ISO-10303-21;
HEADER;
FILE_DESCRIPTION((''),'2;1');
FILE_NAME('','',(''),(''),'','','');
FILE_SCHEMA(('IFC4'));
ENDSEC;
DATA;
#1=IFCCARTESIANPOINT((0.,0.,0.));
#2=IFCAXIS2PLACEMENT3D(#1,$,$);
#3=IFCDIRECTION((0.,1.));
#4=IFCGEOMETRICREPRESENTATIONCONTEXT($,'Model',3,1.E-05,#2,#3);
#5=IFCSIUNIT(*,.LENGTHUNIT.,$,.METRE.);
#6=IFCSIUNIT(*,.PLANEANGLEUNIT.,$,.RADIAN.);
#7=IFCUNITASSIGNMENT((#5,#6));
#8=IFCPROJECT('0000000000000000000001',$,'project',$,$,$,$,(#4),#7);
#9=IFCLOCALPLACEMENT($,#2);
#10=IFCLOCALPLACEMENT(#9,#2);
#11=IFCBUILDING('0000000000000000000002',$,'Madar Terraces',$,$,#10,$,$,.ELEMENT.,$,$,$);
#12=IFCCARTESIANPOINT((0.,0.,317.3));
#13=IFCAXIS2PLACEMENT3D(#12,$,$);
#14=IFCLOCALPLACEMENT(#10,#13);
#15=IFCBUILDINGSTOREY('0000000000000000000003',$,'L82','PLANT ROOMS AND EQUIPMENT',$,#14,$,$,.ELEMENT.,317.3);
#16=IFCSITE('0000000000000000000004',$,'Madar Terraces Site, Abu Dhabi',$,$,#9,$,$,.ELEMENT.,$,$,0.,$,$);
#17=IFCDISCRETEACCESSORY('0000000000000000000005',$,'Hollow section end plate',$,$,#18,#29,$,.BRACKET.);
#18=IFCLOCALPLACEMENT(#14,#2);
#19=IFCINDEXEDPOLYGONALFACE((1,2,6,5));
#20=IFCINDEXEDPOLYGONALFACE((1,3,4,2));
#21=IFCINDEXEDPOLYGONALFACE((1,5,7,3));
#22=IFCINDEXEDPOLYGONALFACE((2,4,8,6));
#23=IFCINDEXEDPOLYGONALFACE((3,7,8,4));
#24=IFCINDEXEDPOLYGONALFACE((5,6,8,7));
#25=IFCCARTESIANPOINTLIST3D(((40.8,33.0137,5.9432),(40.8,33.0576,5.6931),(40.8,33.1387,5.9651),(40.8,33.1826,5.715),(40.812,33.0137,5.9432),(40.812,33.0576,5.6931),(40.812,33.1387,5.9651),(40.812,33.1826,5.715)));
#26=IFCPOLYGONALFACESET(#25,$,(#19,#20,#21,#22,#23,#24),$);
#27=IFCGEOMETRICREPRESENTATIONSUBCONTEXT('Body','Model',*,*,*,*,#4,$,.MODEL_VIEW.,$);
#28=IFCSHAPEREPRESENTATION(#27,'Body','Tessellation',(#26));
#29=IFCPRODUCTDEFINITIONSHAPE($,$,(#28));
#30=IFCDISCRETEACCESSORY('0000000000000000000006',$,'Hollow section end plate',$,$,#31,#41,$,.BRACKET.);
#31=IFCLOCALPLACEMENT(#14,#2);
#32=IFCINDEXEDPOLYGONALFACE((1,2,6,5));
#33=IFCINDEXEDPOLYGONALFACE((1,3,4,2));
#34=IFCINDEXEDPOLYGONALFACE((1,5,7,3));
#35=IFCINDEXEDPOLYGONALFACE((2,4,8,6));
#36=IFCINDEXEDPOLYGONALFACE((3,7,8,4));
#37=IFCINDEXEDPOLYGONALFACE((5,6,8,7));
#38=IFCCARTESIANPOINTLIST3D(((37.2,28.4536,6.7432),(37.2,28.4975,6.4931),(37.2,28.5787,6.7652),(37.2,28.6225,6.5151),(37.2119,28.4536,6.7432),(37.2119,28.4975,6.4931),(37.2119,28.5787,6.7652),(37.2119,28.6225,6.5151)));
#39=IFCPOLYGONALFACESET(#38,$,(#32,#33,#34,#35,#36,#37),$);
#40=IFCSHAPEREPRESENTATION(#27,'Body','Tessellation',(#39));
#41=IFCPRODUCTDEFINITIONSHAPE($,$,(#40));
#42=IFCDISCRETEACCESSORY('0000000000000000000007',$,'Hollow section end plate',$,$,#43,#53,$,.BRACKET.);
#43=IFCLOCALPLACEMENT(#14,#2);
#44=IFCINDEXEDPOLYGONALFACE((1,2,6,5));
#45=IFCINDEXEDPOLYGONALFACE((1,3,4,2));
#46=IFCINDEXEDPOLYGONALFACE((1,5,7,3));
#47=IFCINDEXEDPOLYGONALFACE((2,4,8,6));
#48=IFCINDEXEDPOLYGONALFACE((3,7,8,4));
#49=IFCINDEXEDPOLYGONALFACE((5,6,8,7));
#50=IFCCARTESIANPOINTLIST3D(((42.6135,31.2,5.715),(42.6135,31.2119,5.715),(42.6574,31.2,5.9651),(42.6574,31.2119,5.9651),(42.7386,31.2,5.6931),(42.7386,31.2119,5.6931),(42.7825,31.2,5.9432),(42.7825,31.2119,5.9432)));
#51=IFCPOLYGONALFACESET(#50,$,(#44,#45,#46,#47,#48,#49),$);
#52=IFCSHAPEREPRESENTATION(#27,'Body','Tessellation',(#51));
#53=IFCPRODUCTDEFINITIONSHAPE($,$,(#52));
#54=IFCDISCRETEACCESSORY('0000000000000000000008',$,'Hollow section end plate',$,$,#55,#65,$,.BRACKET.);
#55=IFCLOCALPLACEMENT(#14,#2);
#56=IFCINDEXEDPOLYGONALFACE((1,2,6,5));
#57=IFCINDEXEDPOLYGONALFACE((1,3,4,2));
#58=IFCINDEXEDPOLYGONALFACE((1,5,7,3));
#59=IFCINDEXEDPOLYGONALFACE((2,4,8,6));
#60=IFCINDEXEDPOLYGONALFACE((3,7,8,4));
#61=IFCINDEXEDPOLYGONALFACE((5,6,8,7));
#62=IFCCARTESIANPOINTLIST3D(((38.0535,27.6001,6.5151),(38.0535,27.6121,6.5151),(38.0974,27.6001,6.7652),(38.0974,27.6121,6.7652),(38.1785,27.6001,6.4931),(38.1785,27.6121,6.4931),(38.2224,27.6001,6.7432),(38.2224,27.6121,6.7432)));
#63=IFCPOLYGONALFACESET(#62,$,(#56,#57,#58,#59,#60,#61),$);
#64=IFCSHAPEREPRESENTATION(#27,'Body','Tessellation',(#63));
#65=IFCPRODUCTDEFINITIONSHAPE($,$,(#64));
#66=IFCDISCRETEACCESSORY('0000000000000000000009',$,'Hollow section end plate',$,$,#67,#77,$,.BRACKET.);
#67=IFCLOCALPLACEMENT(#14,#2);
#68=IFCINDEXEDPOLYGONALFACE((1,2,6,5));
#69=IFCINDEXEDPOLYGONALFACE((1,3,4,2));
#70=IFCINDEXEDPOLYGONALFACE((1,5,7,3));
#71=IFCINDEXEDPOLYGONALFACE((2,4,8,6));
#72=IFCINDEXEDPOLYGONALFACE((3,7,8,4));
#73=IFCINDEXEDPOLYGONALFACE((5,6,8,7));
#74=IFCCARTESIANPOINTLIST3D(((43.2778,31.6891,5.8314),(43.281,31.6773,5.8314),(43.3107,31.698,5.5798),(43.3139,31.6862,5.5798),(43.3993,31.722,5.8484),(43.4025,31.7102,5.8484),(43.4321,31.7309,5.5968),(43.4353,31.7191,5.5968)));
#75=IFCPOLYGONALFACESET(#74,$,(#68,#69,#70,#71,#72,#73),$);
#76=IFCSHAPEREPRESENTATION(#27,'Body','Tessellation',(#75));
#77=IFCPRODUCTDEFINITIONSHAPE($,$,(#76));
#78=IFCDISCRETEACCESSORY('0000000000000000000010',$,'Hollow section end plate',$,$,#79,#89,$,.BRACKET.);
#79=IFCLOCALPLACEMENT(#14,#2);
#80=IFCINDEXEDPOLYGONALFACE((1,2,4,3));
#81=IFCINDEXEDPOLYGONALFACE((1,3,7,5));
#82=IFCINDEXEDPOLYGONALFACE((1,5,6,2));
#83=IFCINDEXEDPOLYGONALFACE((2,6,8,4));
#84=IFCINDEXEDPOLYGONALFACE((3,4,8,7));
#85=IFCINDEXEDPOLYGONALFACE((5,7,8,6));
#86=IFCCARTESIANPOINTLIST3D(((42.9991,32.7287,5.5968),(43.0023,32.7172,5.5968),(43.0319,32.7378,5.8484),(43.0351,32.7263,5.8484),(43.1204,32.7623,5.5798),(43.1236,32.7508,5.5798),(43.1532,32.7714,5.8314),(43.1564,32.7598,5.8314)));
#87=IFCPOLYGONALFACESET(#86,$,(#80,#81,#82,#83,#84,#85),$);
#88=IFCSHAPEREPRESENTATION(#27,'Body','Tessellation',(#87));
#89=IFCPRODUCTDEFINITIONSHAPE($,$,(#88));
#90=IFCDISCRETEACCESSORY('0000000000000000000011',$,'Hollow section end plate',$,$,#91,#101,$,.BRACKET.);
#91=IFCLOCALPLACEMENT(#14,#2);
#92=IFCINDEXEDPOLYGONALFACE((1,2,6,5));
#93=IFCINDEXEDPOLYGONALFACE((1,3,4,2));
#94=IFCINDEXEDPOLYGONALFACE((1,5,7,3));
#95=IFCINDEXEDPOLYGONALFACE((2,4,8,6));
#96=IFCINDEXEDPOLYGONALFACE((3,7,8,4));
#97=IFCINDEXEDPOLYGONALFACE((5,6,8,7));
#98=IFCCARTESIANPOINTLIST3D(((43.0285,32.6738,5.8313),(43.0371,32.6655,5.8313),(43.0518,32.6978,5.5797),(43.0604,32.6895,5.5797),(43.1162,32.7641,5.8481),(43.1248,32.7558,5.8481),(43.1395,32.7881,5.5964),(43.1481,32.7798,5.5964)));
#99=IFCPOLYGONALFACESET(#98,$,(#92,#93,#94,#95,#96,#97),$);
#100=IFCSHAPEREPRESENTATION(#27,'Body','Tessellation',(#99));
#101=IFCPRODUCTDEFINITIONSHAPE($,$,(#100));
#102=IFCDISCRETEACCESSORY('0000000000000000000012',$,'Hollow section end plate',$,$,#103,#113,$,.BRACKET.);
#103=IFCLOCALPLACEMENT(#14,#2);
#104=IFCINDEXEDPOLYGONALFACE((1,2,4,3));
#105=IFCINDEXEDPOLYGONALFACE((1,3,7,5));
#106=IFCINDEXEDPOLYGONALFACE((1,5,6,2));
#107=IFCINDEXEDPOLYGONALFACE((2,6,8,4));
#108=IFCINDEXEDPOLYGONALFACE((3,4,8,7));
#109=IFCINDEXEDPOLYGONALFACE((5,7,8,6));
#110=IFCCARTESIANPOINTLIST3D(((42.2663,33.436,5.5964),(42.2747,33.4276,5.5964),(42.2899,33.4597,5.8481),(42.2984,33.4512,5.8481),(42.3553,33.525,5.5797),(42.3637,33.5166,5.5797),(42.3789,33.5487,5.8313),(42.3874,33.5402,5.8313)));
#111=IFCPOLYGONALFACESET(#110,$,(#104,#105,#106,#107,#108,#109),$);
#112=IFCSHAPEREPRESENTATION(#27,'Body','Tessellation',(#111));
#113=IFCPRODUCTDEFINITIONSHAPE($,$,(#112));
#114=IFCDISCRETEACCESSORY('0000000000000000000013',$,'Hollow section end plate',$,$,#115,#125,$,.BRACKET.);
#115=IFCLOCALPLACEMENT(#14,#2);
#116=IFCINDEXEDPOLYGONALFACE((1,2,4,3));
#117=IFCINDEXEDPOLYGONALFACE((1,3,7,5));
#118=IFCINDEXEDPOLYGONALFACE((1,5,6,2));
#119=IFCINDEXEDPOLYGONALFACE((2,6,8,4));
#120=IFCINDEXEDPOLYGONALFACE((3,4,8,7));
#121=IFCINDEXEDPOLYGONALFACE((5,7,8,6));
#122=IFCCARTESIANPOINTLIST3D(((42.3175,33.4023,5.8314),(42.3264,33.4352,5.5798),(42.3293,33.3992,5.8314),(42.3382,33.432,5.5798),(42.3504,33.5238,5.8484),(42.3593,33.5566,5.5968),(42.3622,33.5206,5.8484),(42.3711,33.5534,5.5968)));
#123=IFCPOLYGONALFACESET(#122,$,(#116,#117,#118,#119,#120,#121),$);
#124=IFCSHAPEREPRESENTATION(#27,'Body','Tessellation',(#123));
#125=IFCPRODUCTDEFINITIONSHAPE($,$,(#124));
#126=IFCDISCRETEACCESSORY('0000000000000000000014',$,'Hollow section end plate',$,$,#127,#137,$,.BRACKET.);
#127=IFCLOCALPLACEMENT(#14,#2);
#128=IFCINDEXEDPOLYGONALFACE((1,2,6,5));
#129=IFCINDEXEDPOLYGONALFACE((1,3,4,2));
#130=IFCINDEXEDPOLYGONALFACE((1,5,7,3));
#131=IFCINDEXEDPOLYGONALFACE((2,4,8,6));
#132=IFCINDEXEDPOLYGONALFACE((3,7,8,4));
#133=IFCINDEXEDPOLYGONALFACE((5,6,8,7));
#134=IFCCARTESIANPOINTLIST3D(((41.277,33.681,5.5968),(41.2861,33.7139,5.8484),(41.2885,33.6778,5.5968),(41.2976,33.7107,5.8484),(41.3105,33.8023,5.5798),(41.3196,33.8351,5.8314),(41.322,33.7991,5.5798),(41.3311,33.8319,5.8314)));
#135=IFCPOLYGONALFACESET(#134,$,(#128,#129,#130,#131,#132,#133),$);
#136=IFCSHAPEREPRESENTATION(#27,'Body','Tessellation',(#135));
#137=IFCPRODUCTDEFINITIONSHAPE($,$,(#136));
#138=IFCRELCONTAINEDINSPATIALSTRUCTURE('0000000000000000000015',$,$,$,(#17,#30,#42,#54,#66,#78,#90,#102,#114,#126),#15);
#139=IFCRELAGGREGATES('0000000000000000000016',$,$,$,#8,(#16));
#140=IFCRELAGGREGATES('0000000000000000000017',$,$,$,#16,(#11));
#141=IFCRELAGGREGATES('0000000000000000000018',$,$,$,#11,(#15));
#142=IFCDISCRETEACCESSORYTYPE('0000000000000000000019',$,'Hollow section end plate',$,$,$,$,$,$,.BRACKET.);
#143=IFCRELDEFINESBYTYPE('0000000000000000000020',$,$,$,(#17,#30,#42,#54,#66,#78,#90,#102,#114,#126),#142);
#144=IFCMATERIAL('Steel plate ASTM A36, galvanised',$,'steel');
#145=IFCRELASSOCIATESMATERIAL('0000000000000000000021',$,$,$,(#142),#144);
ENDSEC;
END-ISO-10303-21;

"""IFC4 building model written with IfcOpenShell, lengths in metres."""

from ifc_helpers import new_model, si_unit, direction, frame, origin, origin_2d, place, context, subcontext, project, spatial, rectangle, extrude, material, type_object, element, save


model = new_model("IFC4")

# Units and contexts
model_context = context("Model", 3, precision=1e-05, world=origin(), true_north=direction((0.0, 1.0)))
body_context = subcontext(model_context, "Body", "Model", "MODEL_VIEW")
ifc_project = project(units=[si_unit("LENGTHUNIT", "METRE"), si_unit("PLANEANGLEUNIT", "RADIAN")], contexts=[model_context])

# Site, building, storey
site_placement = place(None, origin())
site = spatial("IfcSite", under=ifc_project, at=site_placement, Name="Madar Terraces Site, Abu Dhabi", CompositionType="ELEMENT", RefElevation=0.0)
building_placement = place(site_placement, origin())
building = spatial("IfcBuilding", under=site, at=building_placement, Name="Madar Terraces", CompositionType="ELEMENT")
storey_placement = place(building_placement, frame((0.0, 0.0, 317.3)))
storey = spatial("IfcBuildingStorey", under=building, at=storey_placement, Name="L82", Description="PLANT ROOMS AND EQUIPMENT", CompositionType="ELEMENT", Elevation=317.3)

# Discrete accessories
ifc_material_1 = material(Name="Steel plate ASTM A36, galvanised", Category="steel")
discrete_accessory_type = type_object("IfcDiscreteAccessoryType", Name="Hollow section end plate", PredefinedType="BRACKET", material=ifc_material_1)
for number, where, z_axis, x_axis, name in (
    (1, (40.8, 33.0981, 5.8291), (1.0, 0.0, 0.0), (0.0, 0.984957, 0.172799), "Hollow section end plate"),
    (2, (37.2, 28.5381, 6.6292), (1.0, 0.0, 0.0), (0.0, 0.984957, 0.172799), "Hollow section end plate"),
    (3, (42.698, 31.2, 5.8291), (0.0, 1.0, 0.0), (-0.984957, 0.0, 0.172799), "Hollow section end plate"),
    (4, (38.1379, 27.6001, 6.6292), (0.0, 1.0, 0.0), (-0.984957, 0.0, 0.172799), "Hollow section end plate"),
):
    element("IfcDiscreteAccessory", number, at=place(storey_placement, frame(where, z_axis=z_axis, x_axis=x_axis)), inside=storey, type_object=discrete_accessory_type, Name=name, PredefinedType="BRACKET", context=body_context, shape_type="SweptSolid", body=[
        extrude(rectangle(XDim=0.127, YDim=0.2539, at=origin_2d()), origin(), (0.0, 0.0, 1.0), 0.012),
    ])
discrete_accessory_1_placement = place(storey_placement, frame((43.355, 31.71, 5.7141), z_axis=(0.261415, -0.965226, 0.0), x_axis=(0.95651, 0.259055, 0.134086)))
element("IfcDiscreteAccessory", 5, at=discrete_accessory_1_placement, inside=storey, type_object=discrete_accessory_type, Name="Hollow section end plate", PredefinedType="BRACKET", context=body_context, shape_type="SweptSolid", body=[
    extrude(rectangle(XDim=0.127, YDim=0.2539, at=origin_2d()), origin(), (0.0, 0.0, 1.0), 0.0122),
])
for number, where, z_axis, x_axis, name in (
    (6, (43.0793, 32.7385, 5.7141), (-0.266586, 0.963811, 0.0), (-0.955108, -0.264179, 0.134086), "Hollow section end plate"),
    (7, (43.084, 32.731, 5.7139), (0.717279, -0.696786, 0.0), (0.69071, 0.711025, 0.131765), "Hollow section end plate"),
    (8, (42.3311, 33.4839, 5.7139), (-0.707107, 0.707107, 0.0), (-0.700941, -0.700941, 0.131765), "Hollow section end plate"),
):
    element("IfcDiscreteAccessory", number, at=place(storey_placement, frame(where, z_axis=z_axis, x_axis=x_axis)), inside=storey, type_object=discrete_accessory_type, Name=name, PredefinedType="BRACKET", context=body_context, shape_type="SweptSolid", body=[
        extrude(rectangle(XDim=0.127, YDim=0.2539, at=origin_2d()), origin(), (0.0, 0.0, 1.0), 0.012),
    ])
discrete_accessory_2_placement = place(storey_placement, frame((42.3384, 33.4795, 5.7141), z_axis=(0.965226, -0.261415, 0.0), x_axis=(0.259055, 0.95651, 0.134086)))
element("IfcDiscreteAccessory", 9, at=discrete_accessory_2_placement, inside=storey, type_object=discrete_accessory_type, Name="Hollow section end plate", PredefinedType="BRACKET", context=body_context, shape_type="SweptSolid", body=[
    extrude(rectangle(XDim=0.127, YDim=0.2539, at=origin_2d()), origin(), (0.0, 0.0, 1.0), 0.0122),
])
discrete_accessory_3_placement = place(storey_placement, frame((41.3098, 33.7549, 5.7141), z_axis=(-0.963811, 0.266586, 0.0), x_axis=(-0.264179, -0.955108, 0.134086)))
element("IfcDiscreteAccessory", 10, at=discrete_accessory_3_placement, inside=storey, type_object=discrete_accessory_type, Name="Hollow section end plate", PredefinedType="BRACKET", context=body_context, shape_type="SweptSolid", body=[
    extrude(rectangle(XDim=0.127, YDim=0.2539, at=origin_2d()), origin(), (0.0, 0.0, 1.0), 0.012),
])

save(model, "model.ifc")
